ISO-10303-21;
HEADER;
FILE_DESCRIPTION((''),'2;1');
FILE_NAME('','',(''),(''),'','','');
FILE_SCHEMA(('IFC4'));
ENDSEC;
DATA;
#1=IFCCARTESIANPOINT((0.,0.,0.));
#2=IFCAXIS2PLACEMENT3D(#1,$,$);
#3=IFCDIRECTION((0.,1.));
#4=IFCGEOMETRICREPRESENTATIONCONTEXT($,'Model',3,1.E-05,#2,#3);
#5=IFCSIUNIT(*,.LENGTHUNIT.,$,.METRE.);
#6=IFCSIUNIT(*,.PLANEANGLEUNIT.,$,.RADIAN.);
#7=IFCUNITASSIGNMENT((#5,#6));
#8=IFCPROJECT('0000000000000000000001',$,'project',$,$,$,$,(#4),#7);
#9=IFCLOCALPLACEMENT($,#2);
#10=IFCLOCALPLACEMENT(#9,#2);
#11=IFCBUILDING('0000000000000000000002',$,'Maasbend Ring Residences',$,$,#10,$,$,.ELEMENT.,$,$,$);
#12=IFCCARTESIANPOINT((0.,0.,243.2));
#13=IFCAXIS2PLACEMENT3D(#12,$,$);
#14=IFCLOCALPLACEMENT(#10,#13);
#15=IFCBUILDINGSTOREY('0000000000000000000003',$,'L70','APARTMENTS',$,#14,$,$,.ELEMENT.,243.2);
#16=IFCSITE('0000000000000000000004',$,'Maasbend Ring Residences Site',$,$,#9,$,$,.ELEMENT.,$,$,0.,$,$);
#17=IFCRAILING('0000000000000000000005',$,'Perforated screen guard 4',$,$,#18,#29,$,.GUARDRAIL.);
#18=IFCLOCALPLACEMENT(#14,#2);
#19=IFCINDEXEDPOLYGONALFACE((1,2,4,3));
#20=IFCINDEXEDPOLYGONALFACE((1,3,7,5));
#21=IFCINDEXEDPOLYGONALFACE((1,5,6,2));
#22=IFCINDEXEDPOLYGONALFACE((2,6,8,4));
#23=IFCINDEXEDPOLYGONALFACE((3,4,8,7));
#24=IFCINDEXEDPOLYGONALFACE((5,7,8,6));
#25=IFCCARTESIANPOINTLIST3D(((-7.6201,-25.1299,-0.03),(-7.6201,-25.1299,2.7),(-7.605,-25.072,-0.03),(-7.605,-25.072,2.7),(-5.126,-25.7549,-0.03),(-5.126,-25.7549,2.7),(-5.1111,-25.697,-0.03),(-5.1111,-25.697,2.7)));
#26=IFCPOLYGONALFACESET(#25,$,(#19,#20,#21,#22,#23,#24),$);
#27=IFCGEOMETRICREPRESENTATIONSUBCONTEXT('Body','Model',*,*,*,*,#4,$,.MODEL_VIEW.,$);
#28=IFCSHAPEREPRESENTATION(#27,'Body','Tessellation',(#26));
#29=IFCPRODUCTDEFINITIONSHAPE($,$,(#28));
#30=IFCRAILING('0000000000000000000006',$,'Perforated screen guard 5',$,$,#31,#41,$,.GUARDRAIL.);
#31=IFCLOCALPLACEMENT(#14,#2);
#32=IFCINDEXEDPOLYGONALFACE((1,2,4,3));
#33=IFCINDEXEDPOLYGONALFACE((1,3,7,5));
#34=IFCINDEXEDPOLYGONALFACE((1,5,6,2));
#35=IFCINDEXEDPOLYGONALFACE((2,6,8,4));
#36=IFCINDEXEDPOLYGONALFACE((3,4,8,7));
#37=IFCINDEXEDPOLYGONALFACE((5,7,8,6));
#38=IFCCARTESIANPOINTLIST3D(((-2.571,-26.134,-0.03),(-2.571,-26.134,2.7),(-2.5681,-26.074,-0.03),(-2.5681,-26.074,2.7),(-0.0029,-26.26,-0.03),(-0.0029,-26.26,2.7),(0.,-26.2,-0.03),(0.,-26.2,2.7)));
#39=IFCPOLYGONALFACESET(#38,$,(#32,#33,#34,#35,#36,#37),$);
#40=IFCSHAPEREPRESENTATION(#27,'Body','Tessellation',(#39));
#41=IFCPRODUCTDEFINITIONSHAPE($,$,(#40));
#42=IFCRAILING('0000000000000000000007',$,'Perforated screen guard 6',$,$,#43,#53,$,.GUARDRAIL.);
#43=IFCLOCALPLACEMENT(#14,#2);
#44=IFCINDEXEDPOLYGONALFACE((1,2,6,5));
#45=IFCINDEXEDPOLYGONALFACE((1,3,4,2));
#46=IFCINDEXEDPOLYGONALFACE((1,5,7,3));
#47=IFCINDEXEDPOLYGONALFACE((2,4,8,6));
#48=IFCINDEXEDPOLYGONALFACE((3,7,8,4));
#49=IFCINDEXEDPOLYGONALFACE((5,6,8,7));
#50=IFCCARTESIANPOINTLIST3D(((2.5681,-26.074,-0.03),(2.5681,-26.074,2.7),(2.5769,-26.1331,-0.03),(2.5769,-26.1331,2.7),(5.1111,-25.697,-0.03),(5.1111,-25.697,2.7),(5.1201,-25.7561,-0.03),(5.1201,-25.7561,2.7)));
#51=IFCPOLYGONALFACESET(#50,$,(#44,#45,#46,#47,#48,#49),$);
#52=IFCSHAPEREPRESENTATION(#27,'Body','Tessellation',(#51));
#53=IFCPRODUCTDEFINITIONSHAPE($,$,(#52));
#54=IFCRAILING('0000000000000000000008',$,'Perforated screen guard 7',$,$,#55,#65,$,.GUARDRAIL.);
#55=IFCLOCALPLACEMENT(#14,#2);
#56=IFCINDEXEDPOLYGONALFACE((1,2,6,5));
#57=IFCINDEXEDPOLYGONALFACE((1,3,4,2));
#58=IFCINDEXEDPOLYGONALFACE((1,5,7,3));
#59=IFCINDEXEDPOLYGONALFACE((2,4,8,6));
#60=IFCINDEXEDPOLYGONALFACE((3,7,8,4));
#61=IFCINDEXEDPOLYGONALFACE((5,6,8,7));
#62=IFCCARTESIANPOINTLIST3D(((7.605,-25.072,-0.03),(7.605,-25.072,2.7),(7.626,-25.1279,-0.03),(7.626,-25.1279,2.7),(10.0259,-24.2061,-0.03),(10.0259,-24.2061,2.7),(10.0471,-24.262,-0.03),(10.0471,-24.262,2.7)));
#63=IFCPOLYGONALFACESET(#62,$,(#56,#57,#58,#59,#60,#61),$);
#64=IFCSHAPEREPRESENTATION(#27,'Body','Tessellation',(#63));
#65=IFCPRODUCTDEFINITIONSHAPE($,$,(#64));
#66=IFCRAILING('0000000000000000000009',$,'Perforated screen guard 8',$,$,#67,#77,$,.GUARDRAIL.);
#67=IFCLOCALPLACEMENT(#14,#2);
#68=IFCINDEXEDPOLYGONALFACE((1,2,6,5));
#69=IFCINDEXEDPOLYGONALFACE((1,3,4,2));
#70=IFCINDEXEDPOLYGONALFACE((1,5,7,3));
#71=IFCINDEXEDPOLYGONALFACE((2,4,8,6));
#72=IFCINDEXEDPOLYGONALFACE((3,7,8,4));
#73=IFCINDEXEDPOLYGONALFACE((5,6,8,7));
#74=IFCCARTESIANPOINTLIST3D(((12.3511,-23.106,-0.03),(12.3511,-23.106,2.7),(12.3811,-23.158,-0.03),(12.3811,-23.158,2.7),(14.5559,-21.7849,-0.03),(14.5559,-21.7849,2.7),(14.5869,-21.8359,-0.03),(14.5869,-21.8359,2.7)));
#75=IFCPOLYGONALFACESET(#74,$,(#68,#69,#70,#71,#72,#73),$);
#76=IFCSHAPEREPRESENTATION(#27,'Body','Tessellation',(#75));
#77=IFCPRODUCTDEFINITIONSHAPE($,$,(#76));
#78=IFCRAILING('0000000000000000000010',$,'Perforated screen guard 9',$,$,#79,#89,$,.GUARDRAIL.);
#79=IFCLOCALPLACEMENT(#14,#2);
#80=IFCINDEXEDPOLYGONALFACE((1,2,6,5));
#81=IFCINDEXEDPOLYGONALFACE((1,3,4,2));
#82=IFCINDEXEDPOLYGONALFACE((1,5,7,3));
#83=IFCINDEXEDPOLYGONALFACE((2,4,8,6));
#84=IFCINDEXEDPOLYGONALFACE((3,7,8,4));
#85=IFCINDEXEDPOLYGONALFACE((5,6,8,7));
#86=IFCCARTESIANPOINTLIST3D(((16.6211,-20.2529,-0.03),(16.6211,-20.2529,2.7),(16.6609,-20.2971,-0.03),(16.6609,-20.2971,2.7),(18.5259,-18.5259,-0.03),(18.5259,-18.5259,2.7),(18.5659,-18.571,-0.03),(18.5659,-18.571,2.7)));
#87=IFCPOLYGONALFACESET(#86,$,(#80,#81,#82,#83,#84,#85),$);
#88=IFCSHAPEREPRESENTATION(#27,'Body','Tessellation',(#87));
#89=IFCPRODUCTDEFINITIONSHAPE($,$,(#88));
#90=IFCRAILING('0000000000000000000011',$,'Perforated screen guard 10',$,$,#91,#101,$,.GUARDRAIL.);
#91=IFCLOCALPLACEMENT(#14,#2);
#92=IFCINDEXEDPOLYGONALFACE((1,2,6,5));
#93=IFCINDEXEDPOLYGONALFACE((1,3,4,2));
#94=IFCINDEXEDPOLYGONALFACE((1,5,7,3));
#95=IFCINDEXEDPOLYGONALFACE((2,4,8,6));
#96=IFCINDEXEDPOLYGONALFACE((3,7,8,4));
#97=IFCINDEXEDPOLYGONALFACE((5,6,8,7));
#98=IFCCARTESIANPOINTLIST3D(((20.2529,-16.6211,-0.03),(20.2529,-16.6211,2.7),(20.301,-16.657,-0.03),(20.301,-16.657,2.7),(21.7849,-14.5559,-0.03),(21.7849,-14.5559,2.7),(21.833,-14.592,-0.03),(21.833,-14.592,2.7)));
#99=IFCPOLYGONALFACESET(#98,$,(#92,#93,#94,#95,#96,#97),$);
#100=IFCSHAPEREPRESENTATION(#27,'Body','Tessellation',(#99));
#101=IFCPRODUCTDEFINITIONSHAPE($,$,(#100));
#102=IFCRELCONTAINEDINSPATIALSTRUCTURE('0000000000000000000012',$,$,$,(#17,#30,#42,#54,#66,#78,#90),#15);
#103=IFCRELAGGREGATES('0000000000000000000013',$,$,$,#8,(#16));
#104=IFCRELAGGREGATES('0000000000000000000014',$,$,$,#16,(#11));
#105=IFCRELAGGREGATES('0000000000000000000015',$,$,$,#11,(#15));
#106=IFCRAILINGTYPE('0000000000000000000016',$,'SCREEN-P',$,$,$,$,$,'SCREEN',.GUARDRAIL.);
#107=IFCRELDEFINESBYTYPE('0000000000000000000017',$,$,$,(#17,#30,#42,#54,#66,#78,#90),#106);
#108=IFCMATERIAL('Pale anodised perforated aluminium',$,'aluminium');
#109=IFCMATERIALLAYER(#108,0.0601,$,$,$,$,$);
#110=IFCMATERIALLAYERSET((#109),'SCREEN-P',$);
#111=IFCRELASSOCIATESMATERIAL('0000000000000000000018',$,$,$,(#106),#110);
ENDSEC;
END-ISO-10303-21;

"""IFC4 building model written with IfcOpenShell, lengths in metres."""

from ifc_helpers import new_model, si_unit, direction, frame, origin, place, context, subcontext, project, spatial, polyline, outline, extrude, material, layer, layer_set, type_object, element, save


model = new_model("IFC4")

# Units and contexts
model_context = context("Model", 3, precision=1e-05, world=origin(), true_north=direction((0.0, 1.0)))
body_context = subcontext(model_context, "Body", "Model", "MODEL_VIEW")
ifc_project = project(units=[si_unit("LENGTHUNIT", "METRE"), si_unit("PLANEANGLEUNIT", "RADIAN")], contexts=[model_context])

# Site, building, storey
site_placement = place(None, origin())
site = spatial("IfcSite", under=ifc_project, at=site_placement, Name="Maasbend Ring Residences Site", CompositionType="ELEMENT", RefElevation=0.0)
building_placement = place(site_placement, origin())
building = spatial("IfcBuilding", under=site, at=building_placement, Name="Maasbend Ring Residences", CompositionType="ELEMENT")
storey_placement = place(building_placement, frame((0.0, 0.0, 243.2)))
storey = spatial("IfcBuildingStorey", under=building, at=storey_placement, Name="L70", Description="APARTMENTS", CompositionType="ELEMENT", Elevation=243.2)

# Railings
ifc_material_1 = material(Name="Pale anodised perforated aluminium", Category="aluminium")
ifc_layer_1 = layer(ifc_material_1, 0.0601)
ifc_layer_set_1 = layer_set([ifc_layer_1], Name="SCREEN-P")
railing_type = type_object("IfcRailingType", Name="SCREEN-P", ElementType="SCREEN", PredefinedType="GUARDRAIL", material=ifc_layer_set_1)
railing_1_placement = place(storey_placement, frame((0.0, 0.0, -0.03)))
element("IfcRailing", 1, at=railing_1_placement, inside=storey, type_object=railing_type, Name="Perforated screen guard 4", PredefinedType="GUARDRAIL", context=body_context, shape_type="SweptSolid", body=[
    extrude(outline(polyline([(-7.605, -25.072), (-5.1111, -25.697), (-5.126, -25.7549), (-7.6201, -25.1299), (-7.605, -25.072)])), origin(), (0.0, 0.0, 1.0), 2.73),
])
railing_2_placement = place(storey_placement, frame((0.0, 0.0, -0.03)))
element("IfcRailing", 2, at=railing_2_placement, inside=storey, type_object=railing_type, Name="Perforated screen guard 5", PredefinedType="GUARDRAIL", context=body_context, shape_type="SweptSolid", body=[
    extrude(outline(polyline([(-2.5681, -26.074), (0.0, -26.2), (-0.0029, -26.26), (-2.571, -26.134), (-2.5681, -26.074)])), origin(), (0.0, 0.0, 1.0), 2.73),
])
railing_3_placement = place(storey_placement, frame((0.0, 0.0, -0.03)))
element("IfcRailing", 3, at=railing_3_placement, inside=storey, type_object=railing_type, Name="Perforated screen guard 6", PredefinedType="GUARDRAIL", context=body_context, shape_type="SweptSolid", body=[
    extrude(outline(polyline([(2.5681, -26.074), (5.1111, -25.697), (5.1201, -25.7561), (2.5769, -26.1331), (2.5681, -26.074)])), origin(), (0.0, 0.0, 1.0), 2.73),
])
railing_4_placement = place(storey_placement, frame((0.0, 0.0, -0.03)))
element("IfcRailing", 4, at=railing_4_placement, inside=storey, type_object=railing_type, Name="Perforated screen guard 7", PredefinedType="GUARDRAIL", context=body_context, shape_type="SweptSolid", body=[
    extrude(outline(polyline([(7.605, -25.072), (10.0259, -24.2061), (10.0471, -24.262), (7.626, -25.1279), (7.605, -25.072)])), origin(), (0.0, 0.0, 1.0), 2.73),
])
railing_5_placement = place(storey_placement, frame((0.0, 0.0, -0.03)))
element("IfcRailing", 5, at=railing_5_placement, inside=storey, type_object=railing_type, Name="Perforated screen guard 8", PredefinedType="GUARDRAIL", context=body_context, shape_type="SweptSolid", body=[
    extrude(outline(polyline([(12.3511, -23.106), (14.5559, -21.7849), (14.5869, -21.8359), (12.3811, -23.158), (12.3511, -23.106)])), origin(), (0.0, 0.0, 1.0), 2.73),
])
railing_6_placement = place(storey_placement, frame((0.0, 0.0, -0.03)))
element("IfcRailing", 6, at=railing_6_placement, inside=storey, type_object=railing_type, Name="Perforated screen guard 9", PredefinedType="GUARDRAIL", context=body_context, shape_type="SweptSolid", body=[
    extrude(outline(polyline([(16.6211, -20.2529), (18.5259, -18.5259), (18.5659, -18.571), (16.6609, -20.2971), (16.6211, -20.2529)])), origin(), (0.0, 0.0, 1.0), 2.73),
])
railing_7_placement = place(storey_placement, frame((0.0, 0.0, -0.03)))
element("IfcRailing", 7, at=railing_7_placement, inside=storey, type_object=railing_type, Name="Perforated screen guard 10", PredefinedType="GUARDRAIL", context=body_context, shape_type="SweptSolid", body=[
    extrude(outline(polyline([(20.2529, -16.6211), (21.7849, -14.5559), (21.833, -14.592), (20.301, -16.657), (20.2529, -16.6211)])), origin(), (0.0, 0.0, 1.0), 2.73),
])

save(model, "model.ifc")
